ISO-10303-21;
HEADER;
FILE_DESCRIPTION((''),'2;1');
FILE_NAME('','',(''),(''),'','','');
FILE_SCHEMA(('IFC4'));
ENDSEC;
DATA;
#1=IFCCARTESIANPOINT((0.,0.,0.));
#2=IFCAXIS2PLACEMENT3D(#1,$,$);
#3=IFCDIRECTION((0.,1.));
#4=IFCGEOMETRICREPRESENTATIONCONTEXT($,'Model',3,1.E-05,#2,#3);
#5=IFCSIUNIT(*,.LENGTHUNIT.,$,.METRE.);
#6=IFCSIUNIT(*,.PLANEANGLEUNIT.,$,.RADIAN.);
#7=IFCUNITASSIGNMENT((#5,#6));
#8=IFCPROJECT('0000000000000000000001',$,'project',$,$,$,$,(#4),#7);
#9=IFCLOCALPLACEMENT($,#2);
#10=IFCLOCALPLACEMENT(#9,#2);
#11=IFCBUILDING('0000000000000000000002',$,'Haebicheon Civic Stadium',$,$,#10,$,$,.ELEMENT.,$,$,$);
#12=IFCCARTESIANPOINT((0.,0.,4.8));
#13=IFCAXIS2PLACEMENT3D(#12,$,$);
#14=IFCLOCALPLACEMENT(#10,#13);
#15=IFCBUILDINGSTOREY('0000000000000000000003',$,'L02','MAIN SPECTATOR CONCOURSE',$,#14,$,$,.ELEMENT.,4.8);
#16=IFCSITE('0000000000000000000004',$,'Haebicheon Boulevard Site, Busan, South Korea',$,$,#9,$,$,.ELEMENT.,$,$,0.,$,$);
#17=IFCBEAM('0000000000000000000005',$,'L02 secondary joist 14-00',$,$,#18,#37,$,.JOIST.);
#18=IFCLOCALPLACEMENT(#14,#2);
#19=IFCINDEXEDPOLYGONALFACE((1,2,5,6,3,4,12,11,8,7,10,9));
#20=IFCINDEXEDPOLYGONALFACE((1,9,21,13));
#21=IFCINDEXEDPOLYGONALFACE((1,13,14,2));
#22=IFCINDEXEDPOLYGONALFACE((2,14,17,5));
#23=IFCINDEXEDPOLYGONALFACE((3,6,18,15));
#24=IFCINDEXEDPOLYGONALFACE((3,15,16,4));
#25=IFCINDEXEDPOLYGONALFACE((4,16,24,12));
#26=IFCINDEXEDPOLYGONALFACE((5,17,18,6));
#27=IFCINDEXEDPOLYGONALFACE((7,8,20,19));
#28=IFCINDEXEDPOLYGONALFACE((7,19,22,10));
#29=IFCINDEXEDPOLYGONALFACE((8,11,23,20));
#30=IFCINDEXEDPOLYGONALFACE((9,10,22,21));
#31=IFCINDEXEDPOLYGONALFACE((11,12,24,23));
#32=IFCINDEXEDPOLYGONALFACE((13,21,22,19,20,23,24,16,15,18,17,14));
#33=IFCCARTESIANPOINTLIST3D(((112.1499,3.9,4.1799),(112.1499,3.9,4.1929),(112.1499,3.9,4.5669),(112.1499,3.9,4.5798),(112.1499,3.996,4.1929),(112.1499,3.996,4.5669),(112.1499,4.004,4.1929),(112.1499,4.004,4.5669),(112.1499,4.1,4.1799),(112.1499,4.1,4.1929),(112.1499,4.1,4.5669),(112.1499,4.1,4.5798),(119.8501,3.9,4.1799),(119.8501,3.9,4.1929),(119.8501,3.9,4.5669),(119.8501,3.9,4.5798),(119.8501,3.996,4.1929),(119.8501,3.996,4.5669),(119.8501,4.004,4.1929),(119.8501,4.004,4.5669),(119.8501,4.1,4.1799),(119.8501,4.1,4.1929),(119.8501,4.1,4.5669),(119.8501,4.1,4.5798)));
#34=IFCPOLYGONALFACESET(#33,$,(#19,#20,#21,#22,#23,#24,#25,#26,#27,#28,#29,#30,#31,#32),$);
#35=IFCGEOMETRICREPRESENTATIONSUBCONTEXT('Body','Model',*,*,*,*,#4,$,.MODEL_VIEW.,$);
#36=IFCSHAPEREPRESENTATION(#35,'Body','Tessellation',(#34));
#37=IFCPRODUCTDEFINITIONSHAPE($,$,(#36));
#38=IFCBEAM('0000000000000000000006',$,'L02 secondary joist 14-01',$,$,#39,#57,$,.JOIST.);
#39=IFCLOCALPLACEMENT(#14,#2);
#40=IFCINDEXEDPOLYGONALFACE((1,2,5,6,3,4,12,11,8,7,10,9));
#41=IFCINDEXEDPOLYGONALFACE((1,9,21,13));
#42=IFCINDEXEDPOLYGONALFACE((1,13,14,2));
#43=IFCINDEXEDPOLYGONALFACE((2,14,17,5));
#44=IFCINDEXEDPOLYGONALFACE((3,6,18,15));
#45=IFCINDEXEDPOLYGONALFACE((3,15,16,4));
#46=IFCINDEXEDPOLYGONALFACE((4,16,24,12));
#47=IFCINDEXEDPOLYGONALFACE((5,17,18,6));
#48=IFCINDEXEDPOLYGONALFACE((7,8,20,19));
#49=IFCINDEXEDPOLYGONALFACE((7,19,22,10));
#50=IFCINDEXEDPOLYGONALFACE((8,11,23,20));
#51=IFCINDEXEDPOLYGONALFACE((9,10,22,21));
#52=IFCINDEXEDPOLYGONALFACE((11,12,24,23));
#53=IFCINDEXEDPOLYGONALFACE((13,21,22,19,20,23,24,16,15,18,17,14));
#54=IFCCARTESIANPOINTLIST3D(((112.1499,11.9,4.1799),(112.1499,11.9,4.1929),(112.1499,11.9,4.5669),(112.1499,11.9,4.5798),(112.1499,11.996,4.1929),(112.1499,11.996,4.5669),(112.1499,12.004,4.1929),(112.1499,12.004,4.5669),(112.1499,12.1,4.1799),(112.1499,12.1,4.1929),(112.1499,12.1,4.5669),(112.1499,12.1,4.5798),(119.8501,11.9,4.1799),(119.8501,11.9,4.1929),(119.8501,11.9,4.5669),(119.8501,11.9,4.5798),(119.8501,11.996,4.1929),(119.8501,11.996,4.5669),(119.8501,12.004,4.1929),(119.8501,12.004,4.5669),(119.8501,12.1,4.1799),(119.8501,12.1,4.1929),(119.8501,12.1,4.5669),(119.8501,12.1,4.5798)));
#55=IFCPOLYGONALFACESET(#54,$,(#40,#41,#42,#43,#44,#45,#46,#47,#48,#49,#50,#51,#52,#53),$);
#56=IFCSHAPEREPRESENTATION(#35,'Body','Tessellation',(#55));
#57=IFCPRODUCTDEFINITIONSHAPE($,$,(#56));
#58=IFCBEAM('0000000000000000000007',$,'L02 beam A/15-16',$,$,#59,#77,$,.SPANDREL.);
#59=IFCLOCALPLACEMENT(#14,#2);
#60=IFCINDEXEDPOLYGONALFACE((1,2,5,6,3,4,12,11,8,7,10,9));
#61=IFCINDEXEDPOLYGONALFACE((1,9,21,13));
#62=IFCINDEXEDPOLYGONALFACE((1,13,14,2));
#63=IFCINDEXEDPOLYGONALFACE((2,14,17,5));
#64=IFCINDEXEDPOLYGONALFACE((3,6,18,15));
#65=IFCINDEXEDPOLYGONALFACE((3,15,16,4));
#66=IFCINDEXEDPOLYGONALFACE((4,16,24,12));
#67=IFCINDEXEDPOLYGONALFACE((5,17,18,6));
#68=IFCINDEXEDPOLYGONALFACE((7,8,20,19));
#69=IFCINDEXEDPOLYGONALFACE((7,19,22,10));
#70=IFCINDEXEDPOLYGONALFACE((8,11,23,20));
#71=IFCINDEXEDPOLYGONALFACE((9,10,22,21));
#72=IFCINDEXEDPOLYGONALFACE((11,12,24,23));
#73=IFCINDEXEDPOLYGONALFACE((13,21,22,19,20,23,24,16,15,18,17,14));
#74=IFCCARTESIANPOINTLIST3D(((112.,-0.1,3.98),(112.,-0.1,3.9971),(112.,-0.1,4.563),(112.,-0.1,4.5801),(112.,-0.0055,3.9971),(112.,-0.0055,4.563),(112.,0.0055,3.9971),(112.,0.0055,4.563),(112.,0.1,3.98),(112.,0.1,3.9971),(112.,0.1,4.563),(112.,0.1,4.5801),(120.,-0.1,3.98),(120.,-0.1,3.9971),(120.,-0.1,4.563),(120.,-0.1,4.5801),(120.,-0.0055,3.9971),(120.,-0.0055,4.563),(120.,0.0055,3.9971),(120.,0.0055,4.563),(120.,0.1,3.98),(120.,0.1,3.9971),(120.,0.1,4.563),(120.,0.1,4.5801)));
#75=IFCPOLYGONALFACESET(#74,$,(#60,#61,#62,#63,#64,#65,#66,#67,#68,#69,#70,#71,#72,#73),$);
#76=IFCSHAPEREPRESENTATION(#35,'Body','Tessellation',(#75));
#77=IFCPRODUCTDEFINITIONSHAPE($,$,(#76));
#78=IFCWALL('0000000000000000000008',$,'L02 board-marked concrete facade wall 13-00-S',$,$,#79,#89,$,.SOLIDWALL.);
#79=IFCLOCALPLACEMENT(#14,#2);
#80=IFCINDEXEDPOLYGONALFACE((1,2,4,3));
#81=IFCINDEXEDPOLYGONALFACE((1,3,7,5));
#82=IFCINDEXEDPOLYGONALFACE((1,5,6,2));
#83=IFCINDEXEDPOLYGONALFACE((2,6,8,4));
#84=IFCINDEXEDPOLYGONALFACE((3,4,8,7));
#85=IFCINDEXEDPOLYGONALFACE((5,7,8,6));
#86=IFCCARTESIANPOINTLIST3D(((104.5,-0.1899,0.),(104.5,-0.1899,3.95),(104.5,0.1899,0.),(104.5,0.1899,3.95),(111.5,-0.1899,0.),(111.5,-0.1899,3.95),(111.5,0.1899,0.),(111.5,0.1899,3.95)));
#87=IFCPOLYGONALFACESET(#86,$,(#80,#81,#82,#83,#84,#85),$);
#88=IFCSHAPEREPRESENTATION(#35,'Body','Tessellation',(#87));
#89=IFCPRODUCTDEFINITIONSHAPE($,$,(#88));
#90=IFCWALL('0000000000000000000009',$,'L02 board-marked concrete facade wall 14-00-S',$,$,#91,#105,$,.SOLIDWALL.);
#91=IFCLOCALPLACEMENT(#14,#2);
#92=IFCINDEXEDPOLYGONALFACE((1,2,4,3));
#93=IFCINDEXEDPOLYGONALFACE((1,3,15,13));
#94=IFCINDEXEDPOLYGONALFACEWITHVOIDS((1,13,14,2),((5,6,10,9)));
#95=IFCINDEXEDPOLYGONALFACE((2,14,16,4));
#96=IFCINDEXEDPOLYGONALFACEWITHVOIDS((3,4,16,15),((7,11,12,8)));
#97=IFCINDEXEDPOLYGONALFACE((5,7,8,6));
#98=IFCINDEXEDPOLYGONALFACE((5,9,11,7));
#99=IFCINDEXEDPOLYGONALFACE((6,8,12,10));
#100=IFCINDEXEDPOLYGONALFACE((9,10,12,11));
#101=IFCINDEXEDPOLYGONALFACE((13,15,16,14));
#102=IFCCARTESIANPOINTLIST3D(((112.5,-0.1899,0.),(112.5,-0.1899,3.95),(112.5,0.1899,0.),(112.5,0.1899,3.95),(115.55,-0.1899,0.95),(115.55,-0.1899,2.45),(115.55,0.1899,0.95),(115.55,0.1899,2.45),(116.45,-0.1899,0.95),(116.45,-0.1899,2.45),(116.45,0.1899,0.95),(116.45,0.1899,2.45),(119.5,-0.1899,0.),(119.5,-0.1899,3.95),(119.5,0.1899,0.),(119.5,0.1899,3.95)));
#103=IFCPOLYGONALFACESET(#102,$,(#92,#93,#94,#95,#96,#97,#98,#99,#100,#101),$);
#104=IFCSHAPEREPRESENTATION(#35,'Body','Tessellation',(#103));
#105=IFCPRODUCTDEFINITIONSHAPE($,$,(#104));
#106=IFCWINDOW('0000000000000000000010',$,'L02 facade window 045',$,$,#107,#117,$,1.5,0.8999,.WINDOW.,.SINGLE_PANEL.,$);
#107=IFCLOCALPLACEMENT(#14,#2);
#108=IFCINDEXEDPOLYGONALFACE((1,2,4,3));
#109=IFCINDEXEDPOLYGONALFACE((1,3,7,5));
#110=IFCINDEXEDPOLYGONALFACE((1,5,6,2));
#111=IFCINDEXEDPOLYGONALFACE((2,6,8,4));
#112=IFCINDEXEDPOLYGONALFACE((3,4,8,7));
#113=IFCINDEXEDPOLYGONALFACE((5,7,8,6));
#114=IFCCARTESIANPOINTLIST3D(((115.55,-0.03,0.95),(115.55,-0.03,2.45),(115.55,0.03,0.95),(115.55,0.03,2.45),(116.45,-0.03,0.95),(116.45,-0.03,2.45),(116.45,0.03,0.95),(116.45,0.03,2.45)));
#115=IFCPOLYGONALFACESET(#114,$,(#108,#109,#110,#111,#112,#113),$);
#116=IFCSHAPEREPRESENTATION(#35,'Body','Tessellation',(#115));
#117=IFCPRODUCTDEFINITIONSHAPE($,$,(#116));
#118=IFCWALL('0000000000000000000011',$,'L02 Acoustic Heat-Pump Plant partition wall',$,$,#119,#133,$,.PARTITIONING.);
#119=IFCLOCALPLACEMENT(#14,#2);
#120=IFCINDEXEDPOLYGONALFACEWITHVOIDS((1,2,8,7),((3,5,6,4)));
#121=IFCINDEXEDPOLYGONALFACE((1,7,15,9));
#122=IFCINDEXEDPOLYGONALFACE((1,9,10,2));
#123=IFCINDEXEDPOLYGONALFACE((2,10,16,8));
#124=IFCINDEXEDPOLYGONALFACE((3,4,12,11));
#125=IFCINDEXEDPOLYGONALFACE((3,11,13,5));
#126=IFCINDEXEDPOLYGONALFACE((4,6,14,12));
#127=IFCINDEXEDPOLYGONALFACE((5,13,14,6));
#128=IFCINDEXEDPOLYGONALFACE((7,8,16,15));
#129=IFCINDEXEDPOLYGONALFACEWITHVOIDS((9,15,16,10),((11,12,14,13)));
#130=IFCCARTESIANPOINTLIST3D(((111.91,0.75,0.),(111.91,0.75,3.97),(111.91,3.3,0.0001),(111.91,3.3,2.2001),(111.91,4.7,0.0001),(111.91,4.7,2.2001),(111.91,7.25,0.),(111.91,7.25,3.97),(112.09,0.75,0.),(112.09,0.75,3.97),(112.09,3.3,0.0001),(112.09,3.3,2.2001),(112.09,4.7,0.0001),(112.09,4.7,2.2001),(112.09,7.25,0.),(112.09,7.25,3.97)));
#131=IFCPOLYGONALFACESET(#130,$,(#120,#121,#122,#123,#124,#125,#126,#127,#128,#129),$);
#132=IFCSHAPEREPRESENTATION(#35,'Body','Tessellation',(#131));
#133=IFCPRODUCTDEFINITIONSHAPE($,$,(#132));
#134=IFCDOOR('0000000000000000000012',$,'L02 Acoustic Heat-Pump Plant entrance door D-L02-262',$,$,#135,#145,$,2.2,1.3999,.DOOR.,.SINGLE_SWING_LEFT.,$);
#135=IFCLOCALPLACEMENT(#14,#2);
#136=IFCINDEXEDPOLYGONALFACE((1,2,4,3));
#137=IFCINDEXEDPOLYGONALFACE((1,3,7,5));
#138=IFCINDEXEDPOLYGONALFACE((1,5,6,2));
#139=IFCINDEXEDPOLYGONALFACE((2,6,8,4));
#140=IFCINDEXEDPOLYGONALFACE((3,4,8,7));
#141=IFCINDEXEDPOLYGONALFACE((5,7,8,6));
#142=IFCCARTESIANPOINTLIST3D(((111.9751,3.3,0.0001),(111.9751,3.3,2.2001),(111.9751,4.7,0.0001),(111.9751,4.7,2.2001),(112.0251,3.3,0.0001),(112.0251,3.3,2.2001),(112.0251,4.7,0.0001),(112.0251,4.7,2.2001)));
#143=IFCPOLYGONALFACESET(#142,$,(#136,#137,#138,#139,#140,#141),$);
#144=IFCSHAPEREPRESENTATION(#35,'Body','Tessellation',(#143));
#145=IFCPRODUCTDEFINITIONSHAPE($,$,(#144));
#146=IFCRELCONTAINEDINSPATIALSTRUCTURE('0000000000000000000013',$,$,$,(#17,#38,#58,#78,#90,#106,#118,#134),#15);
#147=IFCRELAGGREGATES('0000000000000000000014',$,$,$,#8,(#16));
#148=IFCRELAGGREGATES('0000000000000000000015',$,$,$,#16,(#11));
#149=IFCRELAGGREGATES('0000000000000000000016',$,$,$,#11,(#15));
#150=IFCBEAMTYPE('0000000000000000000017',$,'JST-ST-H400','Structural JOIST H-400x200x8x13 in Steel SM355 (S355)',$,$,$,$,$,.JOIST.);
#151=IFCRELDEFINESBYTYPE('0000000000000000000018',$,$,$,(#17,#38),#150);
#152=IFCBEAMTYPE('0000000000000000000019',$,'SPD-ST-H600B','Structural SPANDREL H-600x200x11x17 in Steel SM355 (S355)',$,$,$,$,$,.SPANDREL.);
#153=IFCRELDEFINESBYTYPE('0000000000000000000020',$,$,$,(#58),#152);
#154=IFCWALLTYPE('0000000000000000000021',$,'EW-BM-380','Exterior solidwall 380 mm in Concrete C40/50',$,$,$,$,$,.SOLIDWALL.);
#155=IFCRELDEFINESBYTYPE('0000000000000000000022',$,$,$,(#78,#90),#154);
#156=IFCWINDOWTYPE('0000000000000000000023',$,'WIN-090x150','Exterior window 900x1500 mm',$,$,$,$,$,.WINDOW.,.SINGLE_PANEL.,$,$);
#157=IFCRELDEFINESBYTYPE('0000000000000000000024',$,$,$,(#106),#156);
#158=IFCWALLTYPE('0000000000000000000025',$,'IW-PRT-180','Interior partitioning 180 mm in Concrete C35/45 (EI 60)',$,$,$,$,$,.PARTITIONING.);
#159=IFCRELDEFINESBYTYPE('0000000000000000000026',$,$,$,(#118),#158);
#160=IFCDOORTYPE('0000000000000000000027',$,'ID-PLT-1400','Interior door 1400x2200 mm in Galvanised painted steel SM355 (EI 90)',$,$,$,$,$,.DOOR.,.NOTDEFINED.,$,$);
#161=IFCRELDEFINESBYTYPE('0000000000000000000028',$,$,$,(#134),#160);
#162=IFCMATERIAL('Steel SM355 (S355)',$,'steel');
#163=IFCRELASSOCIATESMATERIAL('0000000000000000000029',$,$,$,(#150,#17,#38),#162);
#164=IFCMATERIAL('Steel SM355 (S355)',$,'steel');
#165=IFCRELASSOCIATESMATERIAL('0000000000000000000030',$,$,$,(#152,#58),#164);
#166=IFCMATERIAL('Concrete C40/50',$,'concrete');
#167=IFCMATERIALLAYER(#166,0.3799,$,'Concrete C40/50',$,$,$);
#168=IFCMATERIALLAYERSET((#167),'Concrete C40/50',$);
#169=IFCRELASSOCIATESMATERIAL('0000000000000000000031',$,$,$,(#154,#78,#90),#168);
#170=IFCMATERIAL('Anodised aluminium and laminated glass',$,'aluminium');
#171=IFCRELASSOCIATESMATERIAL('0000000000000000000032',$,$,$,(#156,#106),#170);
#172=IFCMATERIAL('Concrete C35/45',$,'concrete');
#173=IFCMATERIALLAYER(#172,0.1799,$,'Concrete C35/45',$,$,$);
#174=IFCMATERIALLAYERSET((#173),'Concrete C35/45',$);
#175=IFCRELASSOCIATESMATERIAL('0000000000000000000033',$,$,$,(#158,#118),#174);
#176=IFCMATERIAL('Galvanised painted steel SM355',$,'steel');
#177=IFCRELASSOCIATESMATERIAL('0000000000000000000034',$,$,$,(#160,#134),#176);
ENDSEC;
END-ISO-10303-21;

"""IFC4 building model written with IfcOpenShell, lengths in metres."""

from ifc_helpers import new_model, si_unit, direction, frame, frame_2d, origin, origin_2d, place, context, subcontext, project, spatial, rectangle, i_section, extrude, material, layer, layer_set, material_profile, profile_set, type_object, element, fill, save


model = new_model("IFC4")

# Units and contexts
model_context = context("Model", 3, precision=1e-05, world=origin(), true_north=direction((0.0, 1.0)))
body_context = subcontext(model_context, "Body", "Model", "MODEL_VIEW")
ifc_project = project(units=[si_unit("LENGTHUNIT", "METRE"), si_unit("PLANEANGLEUNIT", "RADIAN")], contexts=[model_context])

# Site, building, storey
site_placement = place(None, origin())
site = spatial("IfcSite", under=ifc_project, at=site_placement, Name="Haebicheon Boulevard Site, Busan, South Korea", CompositionType="ELEMENT", RefElevation=0.0)
building_placement = place(site_placement, origin())
building = spatial("IfcBuilding", under=site, at=building_placement, Name="Haebicheon Civic Stadium", CompositionType="ELEMENT")
storey_placement = place(building_placement, frame((0.0, 0.0, 4.8)))
storey = spatial("IfcBuildingStorey", under=building, at=storey_placement, Name="L02", Description="MAIN SPECTATOR CONCOURSE", CompositionType="ELEMENT", Elevation=4.8)

# Beams
ifc_material_1 = material(Name="Steel SM355 (S355)", Category="steel")
ifc_material_profile_1 = material_profile(ifc_material_1, i_section(OverallWidth=0.2, OverallDepth=0.3999, WebThickness=0.0081, FlangeThickness=0.0129, at=origin_2d()), Name="H-400x200x8x13")
ifc_profile_set_1 = profile_set([ifc_material_profile_1], Name="Steel SM355 (S355)")
beam_type_1 = type_object("IfcBeamType", Name="JST-ST-H400", Description="Structural JOIST H-400x200x8x13 in Steel SM355 (S355)", PredefinedType="JOIST", material=ifc_profile_set_1)
for number, where, z_axis, x_axis, name in (
    (1, (112.1499, 4.0, 4.3799), (1.0, 0.0, 0.0), (0.0, 1.0, 0.0), "L02 secondary joist 14-00"),
    (2, (112.1499, 12.0, 4.3799), (1.0, 0.0, 0.0), (0.0, 1.0, 0.0), "L02 secondary joist 14-01"),
):
    element("IfcBeam", number, at=place(storey_placement, frame(where, z_axis=z_axis, x_axis=x_axis)), inside=storey, type_object=beam_type_1, material=ifc_profile_set_1, Name=name, PredefinedType="JOIST", context=body_context, shape_type="SweptSolid", body=[
        extrude(i_section(OverallWidth=0.2, OverallDepth=0.3999, WebThickness=0.0081, FlangeThickness=0.0129, at=origin_2d()), origin(), (0.0, 0.0, 1.0), 7.7002),
    ])
ifc_material_2 = material(Name="Steel SM355 (S355)", Category="steel")
ifc_material_profile_2 = material_profile(ifc_material_2, i_section(OverallWidth=0.2, OverallDepth=0.6001, WebThickness=0.011, FlangeThickness=0.0171, at=origin_2d()), Name="H-600x200x11x17")
ifc_profile_set_2 = profile_set([ifc_material_profile_2], Name="Steel SM355 (S355)")
beam_type_2 = type_object("IfcBeamType", Name="SPD-ST-H600B", Description="Structural SPANDREL H-600x200x11x17 in Steel SM355 (S355)", PredefinedType="SPANDREL", material=ifc_profile_set_2)
beam_placement = place(storey_placement, frame((112.0, 0.0, 4.28), z_axis=(1.0, 0.0, 0.0), x_axis=(0.0, 1.0, 0.0)))
element("IfcBeam", 3, at=beam_placement, inside=storey, type_object=beam_type_2, material=ifc_profile_set_2, Name="L02 beam A/15-16", PredefinedType="SPANDREL", context=body_context, shape_type="SweptSolid", body=[
    extrude(i_section(OverallWidth=0.2, OverallDepth=0.6001, WebThickness=0.011, FlangeThickness=0.0171, at=origin_2d()), origin(), (0.0, 0.0, 1.0), 8.0),
])

# Wall
ifc_material_3 = material(Name="Concrete C40/50", Category="concrete")
ifc_layer_1 = layer(ifc_material_3, 0.3799, Name="Concrete C40/50")
ifc_layer_set_1 = layer_set([ifc_layer_1], Name="Concrete C40/50")
wall_type_1 = type_object("IfcWallType", Name="EW-BM-380", Description="Exterior solidwall 380 mm in Concrete C40/50", PredefinedType="SOLIDWALL", material=ifc_layer_set_1)
wall_1_placement = place(storey_placement, frame((104.5, 0.0, 0.0), z_axis=(0.0, 0.0, 1.0), x_axis=(1.0, 0.0, 0.0)))
element("IfcWall", 4, at=wall_1_placement, inside=storey, type_object=wall_type_1, material=ifc_layer_set_1, Name="L02 board-marked concrete facade wall 13-00-S", PredefinedType="SOLIDWALL", context=body_context, shape_type="SweptSolid", body=[
    extrude(rectangle(XDim=7.0, YDim=0.3799, at=frame_2d((3.5, 0.0))), origin(), (0.0, 0.0, 1.0), 3.95),
])

# Wall, opening, window
wall_2_placement = place(storey_placement, frame((112.5, 0.0, 0.0), z_axis=(0.0, 0.0, 1.0), x_axis=(1.0, 0.0, 0.0)))
wall_2 = element("IfcWall", 5, at=wall_2_placement, inside=storey, type_object=wall_type_1, material=ifc_layer_set_1, Name="L02 board-marked concrete facade wall 14-00-S", PredefinedType="SOLIDWALL", context=body_context, shape_type="SweptSolid", body=[
    extrude(rectangle(XDim=7.0, YDim=0.3799, at=frame_2d((3.5, 0.0))), origin(), (0.0, 0.0, 1.0), 3.95),
])
opening_1_placement = place(wall_2_placement, frame((3.05, 0.0, 0.95)))
opening_1 = element("IfcOpeningElement", 6, at=opening_1_placement, cuts=wall_2, PredefinedType="OPENING", context=body_context, shape_type="SweptSolid", body=[
    extrude(rectangle(XDim=0.8999, YDim=1.5, at=frame_2d((0.45, 0.75))), frame((0.0, 0.2, 0.0), z_axis=(0.0, -1.0, 0.0), x_axis=(1.0, 0.0, 0.0)), (0.0, 0.0, 1.0), 0.3999),
])
ifc_material_4 = material(Name="Anodised aluminium and laminated glass", Category="aluminium")
window_type = type_object("IfcWindowType", Name="WIN-090x150", Description="Exterior window 900x1500 mm", PartitioningType="SINGLE_PANEL", PredefinedType="WINDOW", material=ifc_material_4)
window_placement = place(opening_1_placement, origin())
window = element("IfcWindow", 7, at=window_placement, inside=storey, type_object=window_type, material=ifc_material_4, Name="L02 facade window 045", OverallHeight=1.5, OverallWidth=0.8999, PartitioningType="SINGLE_PANEL", PredefinedType="WINDOW", context=body_context, shape_type="SweptSolid", body=[
    extrude(rectangle(XDim=0.8999, YDim=1.5, at=frame_2d((0.45, 0.75))), frame((0.0, 0.03, 0.0), z_axis=(0.0, -1.0, 0.0), x_axis=(1.0, 0.0, 0.0)), (0.0, 0.0, 1.0), 0.0601),
])
fill(opening_1, window)

# Wall, opening, door
ifc_material_5 = material(Name="Concrete C35/45", Category="concrete")
ifc_layer_2 = layer(ifc_material_5, 0.1799, Name="Concrete C35/45")
ifc_layer_set_2 = layer_set([ifc_layer_2], Name="Concrete C35/45")
wall_type_2 = type_object("IfcWallType", Name="IW-PRT-180", Description="Interior partitioning 180 mm in Concrete C35/45 (EI 60)", PredefinedType="PARTITIONING", material=ifc_layer_set_2)
wall_3_placement = place(storey_placement, frame((112.0, 0.75, 0.0), z_axis=(0.0, 0.0, 1.0), x_axis=(0.0, 1.0, 0.0)))
wall_3 = element("IfcWall", 8, at=wall_3_placement, inside=storey, type_object=wall_type_2, material=ifc_layer_set_2, Name="L02 Acoustic Heat-Pump Plant partition wall", PredefinedType="PARTITIONING", context=body_context, shape_type="SweptSolid", body=[
    extrude(rectangle(XDim=6.5, YDim=0.1799, at=frame_2d((3.25, 0.0))), origin(), (0.0, 0.0, 1.0), 3.97),
])
opening_2_placement = place(wall_3_placement, frame((2.55, 0.0, 0.0)))
opening_2 = element("IfcOpeningElement", 9, at=opening_2_placement, cuts=wall_3, PredefinedType="OPENING", context=body_context, shape_type="SweptSolid", body=[
    extrude(rectangle(XDim=1.3999, YDim=2.2, at=frame_2d((0.7, 1.1001))), frame((0.0, 0.0999, 0.0), z_axis=(0.0, -1.0, 0.0), x_axis=(1.0, 0.0, 0.0)), (0.0, 0.0, 1.0), 0.2),
])
ifc_material_6 = material(Name="Galvanised painted steel SM355", Category="steel")
door_type = type_object("IfcDoorType", Name="ID-PLT-1400", Description="Interior door 1400x2200 mm in Galvanised painted steel SM355 (EI 90)", OperationType="NOTDEFINED", PredefinedType="DOOR", material=ifc_material_6)
door_placement = place(opening_2_placement, origin())
door = element("IfcDoor", 10, at=door_placement, inside=storey, type_object=door_type, material=ifc_material_6, Name="L02 Acoustic Heat-Pump Plant entrance door D-L02-262", OperationType="SINGLE_SWING_LEFT", OverallHeight=2.2, OverallWidth=1.3999, PredefinedType="DOOR", context=body_context, shape_type="SweptSolid", body=[
    extrude(rectangle(XDim=1.3999, YDim=2.2, at=frame_2d((0.7, 1.1001))), frame((0.0, 0.0249, 0.0), z_axis=(0.0, -1.0, 0.0), x_axis=(1.0, 0.0, 0.0)), (0.0, 0.0, 1.0), 0.05),
])
fill(opening_2, door)

save(model, "model.ifc")
